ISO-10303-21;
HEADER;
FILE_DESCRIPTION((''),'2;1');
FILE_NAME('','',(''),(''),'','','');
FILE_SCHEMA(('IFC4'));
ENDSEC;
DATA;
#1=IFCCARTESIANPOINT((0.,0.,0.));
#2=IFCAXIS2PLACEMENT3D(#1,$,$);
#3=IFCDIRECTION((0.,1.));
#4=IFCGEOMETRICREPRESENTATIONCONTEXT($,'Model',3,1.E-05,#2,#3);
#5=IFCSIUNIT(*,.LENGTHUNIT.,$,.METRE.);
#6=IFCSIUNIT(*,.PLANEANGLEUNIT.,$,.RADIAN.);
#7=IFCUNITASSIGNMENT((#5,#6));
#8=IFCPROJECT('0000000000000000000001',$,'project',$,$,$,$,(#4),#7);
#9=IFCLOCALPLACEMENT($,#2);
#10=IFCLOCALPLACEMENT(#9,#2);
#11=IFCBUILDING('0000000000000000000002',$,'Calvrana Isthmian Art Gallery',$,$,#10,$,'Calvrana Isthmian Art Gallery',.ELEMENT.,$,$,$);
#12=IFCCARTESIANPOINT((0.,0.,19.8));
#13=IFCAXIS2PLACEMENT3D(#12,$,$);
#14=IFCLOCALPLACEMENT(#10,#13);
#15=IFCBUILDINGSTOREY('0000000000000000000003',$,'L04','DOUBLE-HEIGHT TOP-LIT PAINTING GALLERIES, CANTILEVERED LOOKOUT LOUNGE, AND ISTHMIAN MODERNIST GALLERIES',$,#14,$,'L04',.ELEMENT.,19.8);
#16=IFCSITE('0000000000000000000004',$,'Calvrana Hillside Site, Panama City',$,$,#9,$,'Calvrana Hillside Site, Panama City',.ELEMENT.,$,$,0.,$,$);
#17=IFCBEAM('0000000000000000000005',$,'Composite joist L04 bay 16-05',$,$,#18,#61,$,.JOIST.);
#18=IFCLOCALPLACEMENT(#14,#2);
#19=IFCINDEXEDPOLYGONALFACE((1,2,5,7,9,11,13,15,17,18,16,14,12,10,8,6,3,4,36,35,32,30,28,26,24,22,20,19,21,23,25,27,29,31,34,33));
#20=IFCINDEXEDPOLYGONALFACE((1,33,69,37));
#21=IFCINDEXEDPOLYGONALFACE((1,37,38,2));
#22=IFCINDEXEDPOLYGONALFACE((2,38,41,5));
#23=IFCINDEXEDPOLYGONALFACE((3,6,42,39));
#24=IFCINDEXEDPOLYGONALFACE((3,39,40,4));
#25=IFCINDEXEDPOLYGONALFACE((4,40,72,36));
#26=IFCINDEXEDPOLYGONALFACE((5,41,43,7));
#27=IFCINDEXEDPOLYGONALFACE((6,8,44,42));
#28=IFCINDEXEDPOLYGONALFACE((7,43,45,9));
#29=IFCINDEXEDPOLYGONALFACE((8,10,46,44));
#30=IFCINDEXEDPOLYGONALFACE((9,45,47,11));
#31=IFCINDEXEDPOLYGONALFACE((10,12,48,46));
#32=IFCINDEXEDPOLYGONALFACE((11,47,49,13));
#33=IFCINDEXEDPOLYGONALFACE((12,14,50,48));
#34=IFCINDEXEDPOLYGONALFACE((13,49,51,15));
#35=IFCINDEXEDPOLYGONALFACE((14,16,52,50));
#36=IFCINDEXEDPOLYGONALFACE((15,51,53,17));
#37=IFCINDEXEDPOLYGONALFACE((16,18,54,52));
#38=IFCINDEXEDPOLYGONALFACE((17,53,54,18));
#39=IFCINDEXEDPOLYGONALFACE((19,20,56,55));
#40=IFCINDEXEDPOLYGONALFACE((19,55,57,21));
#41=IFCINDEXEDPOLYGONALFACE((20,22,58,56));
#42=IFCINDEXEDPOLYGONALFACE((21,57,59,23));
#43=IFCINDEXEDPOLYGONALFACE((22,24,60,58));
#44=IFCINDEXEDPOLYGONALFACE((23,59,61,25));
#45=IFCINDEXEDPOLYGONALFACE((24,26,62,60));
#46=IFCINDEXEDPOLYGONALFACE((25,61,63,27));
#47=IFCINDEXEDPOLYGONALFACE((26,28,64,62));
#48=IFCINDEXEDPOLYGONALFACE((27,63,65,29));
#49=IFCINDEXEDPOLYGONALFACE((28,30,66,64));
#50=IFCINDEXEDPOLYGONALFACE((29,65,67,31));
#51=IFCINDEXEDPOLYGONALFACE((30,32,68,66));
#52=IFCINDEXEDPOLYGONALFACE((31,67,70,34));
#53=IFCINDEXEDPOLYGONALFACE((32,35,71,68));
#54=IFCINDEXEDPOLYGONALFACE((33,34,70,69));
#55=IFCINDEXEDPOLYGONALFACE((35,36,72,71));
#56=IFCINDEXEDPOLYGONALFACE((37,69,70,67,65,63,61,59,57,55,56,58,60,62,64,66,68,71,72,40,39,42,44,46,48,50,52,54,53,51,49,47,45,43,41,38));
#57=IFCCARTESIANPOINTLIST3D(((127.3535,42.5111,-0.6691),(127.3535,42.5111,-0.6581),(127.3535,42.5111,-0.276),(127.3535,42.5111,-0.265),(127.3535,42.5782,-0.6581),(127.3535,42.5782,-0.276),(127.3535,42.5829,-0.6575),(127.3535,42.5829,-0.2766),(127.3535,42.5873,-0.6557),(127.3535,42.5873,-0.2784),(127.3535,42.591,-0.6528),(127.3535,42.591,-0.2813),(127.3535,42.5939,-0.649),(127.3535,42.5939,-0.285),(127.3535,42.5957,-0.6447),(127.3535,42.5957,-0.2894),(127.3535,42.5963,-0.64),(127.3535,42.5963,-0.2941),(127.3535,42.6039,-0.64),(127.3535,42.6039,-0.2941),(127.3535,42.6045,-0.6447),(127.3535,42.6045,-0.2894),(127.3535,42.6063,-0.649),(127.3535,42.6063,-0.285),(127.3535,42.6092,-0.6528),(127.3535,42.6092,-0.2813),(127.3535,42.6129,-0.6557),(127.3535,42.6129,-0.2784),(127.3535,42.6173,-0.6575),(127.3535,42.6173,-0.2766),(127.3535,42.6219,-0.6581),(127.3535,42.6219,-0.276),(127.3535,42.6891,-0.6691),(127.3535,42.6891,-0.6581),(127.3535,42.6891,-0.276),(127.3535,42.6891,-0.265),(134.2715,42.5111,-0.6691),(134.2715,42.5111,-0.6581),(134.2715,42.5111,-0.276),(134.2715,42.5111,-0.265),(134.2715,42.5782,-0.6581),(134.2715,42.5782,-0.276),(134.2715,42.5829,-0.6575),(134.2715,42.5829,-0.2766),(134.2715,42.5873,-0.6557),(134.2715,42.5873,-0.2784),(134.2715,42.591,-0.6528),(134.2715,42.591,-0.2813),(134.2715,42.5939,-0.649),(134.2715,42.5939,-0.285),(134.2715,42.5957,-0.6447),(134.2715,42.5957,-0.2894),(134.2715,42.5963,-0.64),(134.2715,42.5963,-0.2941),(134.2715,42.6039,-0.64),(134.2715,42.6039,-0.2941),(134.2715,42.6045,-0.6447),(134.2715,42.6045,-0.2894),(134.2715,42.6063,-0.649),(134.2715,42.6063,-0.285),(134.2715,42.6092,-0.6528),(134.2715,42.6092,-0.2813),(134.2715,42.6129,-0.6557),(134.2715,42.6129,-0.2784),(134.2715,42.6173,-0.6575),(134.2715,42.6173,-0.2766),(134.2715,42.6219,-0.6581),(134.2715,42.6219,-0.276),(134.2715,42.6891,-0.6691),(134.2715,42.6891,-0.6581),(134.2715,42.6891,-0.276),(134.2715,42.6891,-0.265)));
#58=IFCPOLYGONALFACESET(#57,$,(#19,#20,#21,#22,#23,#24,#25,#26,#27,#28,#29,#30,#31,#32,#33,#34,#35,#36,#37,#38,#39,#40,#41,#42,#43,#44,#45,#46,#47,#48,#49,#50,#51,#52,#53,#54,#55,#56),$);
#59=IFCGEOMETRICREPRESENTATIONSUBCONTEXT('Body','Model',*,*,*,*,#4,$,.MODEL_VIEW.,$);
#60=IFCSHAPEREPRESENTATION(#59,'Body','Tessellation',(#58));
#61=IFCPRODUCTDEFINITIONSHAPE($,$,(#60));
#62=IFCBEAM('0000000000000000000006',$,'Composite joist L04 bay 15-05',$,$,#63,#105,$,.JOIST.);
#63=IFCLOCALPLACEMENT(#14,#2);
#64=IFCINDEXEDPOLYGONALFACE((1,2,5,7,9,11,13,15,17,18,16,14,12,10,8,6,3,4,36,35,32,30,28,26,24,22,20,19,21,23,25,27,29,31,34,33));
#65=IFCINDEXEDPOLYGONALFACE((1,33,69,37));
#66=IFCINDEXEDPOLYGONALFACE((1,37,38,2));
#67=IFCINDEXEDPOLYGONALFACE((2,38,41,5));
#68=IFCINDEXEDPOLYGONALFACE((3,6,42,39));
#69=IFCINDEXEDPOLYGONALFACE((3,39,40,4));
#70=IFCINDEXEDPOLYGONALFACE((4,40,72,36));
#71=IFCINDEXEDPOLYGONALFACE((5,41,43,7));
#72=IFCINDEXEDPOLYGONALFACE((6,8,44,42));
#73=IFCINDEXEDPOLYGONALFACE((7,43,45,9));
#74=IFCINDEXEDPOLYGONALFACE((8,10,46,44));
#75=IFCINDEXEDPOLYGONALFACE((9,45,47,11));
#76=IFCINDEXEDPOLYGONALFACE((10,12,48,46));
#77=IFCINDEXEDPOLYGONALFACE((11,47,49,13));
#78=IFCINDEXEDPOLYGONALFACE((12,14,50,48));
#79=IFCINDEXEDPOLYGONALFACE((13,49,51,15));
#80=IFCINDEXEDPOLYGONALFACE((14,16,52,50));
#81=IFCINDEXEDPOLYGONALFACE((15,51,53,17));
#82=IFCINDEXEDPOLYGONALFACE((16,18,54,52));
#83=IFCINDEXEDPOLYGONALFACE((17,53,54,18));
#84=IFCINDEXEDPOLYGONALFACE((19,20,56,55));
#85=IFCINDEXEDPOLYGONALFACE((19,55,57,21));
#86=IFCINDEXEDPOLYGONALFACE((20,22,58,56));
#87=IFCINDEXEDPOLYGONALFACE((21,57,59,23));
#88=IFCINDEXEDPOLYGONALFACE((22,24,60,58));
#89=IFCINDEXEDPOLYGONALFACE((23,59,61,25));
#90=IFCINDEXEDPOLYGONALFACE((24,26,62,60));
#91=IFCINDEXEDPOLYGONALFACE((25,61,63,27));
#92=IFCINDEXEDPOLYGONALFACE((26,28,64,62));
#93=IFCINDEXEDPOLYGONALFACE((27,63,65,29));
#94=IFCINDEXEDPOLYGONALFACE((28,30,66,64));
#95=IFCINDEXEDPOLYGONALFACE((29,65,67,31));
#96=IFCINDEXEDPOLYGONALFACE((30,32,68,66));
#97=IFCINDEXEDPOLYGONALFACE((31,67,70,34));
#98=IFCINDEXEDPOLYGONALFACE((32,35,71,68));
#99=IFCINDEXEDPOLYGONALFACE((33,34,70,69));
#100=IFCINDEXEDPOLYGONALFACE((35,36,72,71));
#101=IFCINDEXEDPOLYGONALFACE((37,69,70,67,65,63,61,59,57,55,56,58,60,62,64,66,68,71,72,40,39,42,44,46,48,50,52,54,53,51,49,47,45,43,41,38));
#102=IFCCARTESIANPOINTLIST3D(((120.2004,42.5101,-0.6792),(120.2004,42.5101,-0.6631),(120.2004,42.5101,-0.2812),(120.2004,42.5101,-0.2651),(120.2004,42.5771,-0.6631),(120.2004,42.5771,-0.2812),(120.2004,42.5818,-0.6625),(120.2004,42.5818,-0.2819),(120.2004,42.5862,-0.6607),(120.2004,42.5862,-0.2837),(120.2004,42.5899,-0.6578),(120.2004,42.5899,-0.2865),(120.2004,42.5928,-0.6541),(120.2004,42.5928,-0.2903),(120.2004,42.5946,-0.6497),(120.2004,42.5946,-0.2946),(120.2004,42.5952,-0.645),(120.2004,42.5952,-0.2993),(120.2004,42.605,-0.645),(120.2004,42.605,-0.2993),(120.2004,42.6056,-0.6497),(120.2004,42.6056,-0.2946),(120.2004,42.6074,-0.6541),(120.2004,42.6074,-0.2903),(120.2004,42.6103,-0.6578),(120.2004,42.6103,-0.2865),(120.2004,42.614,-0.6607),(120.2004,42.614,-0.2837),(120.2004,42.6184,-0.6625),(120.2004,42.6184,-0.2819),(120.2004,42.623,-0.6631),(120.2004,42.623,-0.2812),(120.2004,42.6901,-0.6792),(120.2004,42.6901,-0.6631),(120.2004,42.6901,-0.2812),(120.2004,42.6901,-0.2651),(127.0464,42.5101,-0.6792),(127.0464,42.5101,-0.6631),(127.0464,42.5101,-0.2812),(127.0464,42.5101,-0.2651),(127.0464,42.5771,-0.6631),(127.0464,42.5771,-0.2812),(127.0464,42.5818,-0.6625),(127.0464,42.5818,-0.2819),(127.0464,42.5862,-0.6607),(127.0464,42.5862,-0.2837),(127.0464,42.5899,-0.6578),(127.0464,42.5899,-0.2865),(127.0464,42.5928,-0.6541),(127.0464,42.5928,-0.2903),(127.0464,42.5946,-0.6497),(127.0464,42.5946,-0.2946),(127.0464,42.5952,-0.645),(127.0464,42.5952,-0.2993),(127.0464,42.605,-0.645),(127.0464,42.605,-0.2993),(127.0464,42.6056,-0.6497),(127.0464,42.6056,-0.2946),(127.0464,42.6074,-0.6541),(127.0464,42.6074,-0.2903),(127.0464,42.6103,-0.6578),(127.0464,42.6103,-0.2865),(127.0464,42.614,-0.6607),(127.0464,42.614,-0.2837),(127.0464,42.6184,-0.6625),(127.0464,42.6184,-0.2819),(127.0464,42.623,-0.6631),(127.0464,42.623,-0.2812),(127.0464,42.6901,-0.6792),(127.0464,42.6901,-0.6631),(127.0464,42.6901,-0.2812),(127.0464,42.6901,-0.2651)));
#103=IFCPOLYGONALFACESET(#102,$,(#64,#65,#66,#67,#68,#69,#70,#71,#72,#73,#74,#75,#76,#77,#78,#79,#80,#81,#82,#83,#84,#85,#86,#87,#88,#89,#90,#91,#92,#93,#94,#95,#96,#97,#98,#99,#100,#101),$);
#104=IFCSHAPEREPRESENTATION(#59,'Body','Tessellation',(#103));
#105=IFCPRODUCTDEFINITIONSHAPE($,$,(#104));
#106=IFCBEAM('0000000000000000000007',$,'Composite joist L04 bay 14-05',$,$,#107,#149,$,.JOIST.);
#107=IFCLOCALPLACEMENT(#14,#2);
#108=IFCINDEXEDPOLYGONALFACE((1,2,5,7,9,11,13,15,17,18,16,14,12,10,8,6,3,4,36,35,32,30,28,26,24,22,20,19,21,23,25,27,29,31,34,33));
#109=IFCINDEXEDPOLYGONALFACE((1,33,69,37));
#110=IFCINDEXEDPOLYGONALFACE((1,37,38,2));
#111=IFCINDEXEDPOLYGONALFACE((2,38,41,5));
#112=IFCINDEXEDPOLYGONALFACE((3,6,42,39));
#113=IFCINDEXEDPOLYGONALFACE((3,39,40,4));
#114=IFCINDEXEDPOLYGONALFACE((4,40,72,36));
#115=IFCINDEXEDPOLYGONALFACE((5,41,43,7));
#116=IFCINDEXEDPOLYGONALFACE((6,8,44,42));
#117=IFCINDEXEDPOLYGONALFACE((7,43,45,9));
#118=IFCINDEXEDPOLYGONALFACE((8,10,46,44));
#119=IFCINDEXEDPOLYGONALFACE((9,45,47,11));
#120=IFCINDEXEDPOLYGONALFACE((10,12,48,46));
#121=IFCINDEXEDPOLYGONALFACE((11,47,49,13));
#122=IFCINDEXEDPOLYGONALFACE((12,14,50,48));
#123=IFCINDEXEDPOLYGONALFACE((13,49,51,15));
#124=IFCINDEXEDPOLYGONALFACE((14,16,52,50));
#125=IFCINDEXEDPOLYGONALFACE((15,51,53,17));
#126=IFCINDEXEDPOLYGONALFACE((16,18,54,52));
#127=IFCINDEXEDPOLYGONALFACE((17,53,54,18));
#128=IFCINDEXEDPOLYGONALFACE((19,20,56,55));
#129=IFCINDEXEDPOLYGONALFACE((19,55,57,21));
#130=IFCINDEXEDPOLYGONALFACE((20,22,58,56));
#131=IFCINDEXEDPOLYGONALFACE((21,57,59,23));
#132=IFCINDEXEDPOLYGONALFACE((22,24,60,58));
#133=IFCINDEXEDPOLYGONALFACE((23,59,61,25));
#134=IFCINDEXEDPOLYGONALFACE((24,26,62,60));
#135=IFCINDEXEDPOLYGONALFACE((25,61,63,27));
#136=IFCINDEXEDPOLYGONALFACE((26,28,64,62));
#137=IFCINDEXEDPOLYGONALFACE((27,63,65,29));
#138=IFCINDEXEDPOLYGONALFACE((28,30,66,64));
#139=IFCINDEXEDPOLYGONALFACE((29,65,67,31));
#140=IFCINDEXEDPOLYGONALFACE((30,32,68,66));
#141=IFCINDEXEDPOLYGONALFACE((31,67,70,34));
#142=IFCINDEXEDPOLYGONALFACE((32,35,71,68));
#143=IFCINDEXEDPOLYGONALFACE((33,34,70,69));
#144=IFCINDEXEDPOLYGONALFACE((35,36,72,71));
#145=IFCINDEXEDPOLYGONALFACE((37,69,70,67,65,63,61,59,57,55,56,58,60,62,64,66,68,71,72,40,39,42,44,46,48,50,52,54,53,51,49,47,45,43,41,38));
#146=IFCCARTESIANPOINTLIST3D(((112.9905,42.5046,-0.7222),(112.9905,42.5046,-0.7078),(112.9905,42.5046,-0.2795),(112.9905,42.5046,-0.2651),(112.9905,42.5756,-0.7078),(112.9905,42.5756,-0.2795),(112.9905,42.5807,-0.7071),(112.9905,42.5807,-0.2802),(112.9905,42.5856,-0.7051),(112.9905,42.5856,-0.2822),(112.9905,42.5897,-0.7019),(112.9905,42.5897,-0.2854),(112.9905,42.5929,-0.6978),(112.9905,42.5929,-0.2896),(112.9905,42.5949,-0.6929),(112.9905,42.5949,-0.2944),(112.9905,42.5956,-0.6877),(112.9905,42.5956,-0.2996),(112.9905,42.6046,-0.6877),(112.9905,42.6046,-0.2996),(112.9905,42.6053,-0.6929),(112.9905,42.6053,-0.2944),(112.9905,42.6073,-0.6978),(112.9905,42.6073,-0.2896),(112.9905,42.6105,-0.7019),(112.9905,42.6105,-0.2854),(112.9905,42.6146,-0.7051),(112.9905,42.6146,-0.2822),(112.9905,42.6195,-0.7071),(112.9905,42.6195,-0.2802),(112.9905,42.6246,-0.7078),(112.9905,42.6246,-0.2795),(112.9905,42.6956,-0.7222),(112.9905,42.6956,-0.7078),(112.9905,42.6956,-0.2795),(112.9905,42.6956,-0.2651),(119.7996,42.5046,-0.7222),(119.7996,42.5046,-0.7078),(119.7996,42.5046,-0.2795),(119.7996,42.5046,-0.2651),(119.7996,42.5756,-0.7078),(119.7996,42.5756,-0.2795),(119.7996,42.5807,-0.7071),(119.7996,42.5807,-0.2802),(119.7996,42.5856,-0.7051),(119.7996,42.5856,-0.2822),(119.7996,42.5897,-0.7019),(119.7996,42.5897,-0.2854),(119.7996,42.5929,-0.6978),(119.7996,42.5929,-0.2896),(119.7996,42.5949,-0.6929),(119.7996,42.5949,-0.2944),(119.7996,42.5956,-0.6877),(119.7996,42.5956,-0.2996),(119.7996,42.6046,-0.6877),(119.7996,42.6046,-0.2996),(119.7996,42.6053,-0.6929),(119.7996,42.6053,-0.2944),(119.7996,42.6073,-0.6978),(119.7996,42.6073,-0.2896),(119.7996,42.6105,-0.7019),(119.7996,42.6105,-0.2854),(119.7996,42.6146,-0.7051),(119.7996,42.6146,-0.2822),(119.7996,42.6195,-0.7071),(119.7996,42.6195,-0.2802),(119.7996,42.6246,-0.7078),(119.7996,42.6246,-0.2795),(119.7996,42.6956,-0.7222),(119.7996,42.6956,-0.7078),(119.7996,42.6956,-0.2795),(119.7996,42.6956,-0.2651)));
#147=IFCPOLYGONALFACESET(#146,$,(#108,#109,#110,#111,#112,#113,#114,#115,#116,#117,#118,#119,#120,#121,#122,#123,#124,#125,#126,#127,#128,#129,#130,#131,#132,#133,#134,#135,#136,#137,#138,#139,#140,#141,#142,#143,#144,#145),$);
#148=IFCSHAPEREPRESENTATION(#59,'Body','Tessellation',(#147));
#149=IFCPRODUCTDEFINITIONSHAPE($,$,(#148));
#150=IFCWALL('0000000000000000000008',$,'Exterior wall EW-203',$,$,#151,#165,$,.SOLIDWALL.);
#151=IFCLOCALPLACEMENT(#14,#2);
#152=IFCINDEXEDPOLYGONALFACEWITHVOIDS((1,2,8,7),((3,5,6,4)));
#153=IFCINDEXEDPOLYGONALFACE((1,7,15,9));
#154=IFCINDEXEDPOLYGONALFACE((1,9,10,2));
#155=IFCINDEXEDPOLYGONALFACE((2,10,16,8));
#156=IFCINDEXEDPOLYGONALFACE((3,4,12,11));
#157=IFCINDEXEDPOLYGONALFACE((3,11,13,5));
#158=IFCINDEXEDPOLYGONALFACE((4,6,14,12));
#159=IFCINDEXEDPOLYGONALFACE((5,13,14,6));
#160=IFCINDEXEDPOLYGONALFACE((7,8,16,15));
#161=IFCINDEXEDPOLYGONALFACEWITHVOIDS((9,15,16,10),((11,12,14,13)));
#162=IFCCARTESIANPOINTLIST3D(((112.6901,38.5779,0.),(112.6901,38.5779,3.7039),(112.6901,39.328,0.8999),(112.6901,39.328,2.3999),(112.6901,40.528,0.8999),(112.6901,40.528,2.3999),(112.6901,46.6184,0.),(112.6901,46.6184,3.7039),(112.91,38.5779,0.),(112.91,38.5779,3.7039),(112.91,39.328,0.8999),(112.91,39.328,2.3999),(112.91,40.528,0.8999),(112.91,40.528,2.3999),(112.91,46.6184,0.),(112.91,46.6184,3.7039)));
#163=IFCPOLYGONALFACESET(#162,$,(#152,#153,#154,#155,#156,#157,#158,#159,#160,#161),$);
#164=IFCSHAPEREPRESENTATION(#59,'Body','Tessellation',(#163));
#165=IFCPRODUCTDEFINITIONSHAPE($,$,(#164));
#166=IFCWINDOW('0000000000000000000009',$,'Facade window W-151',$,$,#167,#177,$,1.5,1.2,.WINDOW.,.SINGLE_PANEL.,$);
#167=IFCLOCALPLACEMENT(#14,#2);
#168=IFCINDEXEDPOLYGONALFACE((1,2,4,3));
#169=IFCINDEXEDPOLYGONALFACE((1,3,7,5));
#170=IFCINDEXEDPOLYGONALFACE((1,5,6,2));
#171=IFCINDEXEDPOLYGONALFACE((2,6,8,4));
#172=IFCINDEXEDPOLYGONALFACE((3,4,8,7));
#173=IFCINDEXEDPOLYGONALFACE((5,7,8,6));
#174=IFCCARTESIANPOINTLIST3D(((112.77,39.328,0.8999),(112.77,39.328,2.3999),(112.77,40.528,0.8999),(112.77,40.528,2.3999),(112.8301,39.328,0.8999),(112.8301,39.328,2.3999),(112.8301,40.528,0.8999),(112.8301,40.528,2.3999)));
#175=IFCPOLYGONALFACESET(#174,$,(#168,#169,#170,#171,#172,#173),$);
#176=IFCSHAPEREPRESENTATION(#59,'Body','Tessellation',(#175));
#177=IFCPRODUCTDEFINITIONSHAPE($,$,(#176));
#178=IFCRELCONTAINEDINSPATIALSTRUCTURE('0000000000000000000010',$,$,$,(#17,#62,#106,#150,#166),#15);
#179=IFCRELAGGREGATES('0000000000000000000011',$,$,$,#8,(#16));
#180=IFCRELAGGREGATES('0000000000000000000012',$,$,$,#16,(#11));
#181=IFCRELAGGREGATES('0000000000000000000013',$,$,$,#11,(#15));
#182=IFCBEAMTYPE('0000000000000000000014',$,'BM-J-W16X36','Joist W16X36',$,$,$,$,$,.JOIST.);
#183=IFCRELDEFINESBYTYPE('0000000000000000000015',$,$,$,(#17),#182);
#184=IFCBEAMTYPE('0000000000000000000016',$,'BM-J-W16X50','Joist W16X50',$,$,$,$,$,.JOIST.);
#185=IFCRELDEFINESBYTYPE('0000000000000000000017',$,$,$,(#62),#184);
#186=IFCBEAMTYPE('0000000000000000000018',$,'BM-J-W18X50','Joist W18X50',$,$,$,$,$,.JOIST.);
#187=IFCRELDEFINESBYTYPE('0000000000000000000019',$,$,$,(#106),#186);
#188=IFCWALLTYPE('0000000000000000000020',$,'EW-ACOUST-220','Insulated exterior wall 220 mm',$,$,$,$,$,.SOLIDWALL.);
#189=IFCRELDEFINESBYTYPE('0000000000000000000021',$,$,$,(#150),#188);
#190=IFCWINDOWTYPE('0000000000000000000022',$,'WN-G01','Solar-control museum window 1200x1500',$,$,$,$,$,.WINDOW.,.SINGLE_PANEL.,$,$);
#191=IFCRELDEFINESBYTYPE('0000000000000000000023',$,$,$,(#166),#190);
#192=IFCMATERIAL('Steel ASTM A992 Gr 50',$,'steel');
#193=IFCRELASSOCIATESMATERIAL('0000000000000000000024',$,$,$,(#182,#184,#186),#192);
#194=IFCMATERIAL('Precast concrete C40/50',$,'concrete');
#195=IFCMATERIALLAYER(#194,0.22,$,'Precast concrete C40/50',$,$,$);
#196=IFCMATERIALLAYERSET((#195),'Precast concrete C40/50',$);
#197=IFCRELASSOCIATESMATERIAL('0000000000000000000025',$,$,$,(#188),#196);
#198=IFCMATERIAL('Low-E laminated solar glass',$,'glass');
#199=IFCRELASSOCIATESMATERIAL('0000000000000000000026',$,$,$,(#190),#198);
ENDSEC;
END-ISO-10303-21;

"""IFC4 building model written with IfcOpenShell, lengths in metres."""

from ifc_helpers import new_model, si_unit, direction, frame, frame_2d, origin, origin_2d, place, context, subcontext, project, spatial, rectangle, i_section, extrude, material, layer, layer_set, material_profile, profile_set, type_object, element, fill, save


model = new_model("IFC4")

# Units and contexts
model_context = context("Model", 3, precision=1e-05, world=origin(), true_north=direction((0.0, 1.0)))
body_context = subcontext(model_context, "Body", "Model", "MODEL_VIEW")
ifc_project = project(units=[si_unit("LENGTHUNIT", "METRE"), si_unit("PLANEANGLEUNIT", "RADIAN")], contexts=[model_context])

# Site, building, storey
site_placement = place(None, origin())
site = spatial("IfcSite", under=ifc_project, at=site_placement, Name="Calvrana Hillside Site, Panama City", LongName="Calvrana Hillside Site, Panama City", CompositionType="ELEMENT", RefElevation=0.0)
building_placement = place(site_placement, origin())
building = spatial("IfcBuilding", under=site, at=building_placement, Name="Calvrana Isthmian Art Gallery", LongName="Calvrana Isthmian Art Gallery", CompositionType="ELEMENT")
storey_placement = place(building_placement, frame((0.0, 0.0, 19.8)))
storey = spatial("IfcBuildingStorey", under=building, at=storey_placement, Name="L04", Description="DOUBLE-HEIGHT TOP-LIT PAINTING GALLERIES, CANTILEVERED LOOKOUT LOUNGE, AND ISTHMIAN MODERNIST GALLERIES", LongName="L04", CompositionType="ELEMENT", Elevation=19.8)

# Shared definitions
ifc_material_1 = material(Name="Steel ASTM A992 Gr 50", Category="steel")

# Beams
ifc_material_profile_1 = material_profile(ifc_material_1, i_section(OverallWidth=0.178, OverallDepth=0.4041, WebThickness=0.0076, FlangeThickness=0.011, FilletRadius=0.0181, at=origin_2d()), Name="W16X36")
ifc_profile_set_1 = profile_set([ifc_material_profile_1], Name="Steel ASTM A992 Gr 50")
beam_type_1 = type_object("IfcBeamType", Name="BM-J-W16X36", Description="Joist W16X36", PredefinedType="JOIST", material=ifc_profile_set_1)
beam_1_placement = place(storey_placement, frame((127.3535, 42.6001, -0.467), z_axis=(1.0, 0.0, 0.0), x_axis=(0.0, 1.0, 0.0)))
element("IfcBeam", 1, at=beam_1_placement, inside=storey, type_object=beam_type_1, Name="Composite joist L04 bay 16-05", PredefinedType="JOIST", context=body_context, shape_type="SweptSolid", body=[
    extrude(i_section(OverallWidth=0.178, OverallDepth=0.4041, WebThickness=0.0076, FlangeThickness=0.011, FilletRadius=0.0181, at=origin_2d()), origin(), (0.0, 0.0, 1.0), 6.918),
])
ifc_material_profile_2 = material_profile(ifc_material_1, i_section(OverallWidth=0.1799, OverallDepth=0.4141, WebThickness=0.0098, FlangeThickness=0.0161, FilletRadius=0.0181, at=origin_2d()), Name="W16X50")
ifc_profile_set_2 = profile_set([ifc_material_profile_2], Name="Steel ASTM A992 Gr 50")
beam_type_2 = type_object("IfcBeamType", Name="BM-J-W16X50", Description="Joist W16X50", PredefinedType="JOIST", material=ifc_profile_set_2)
beam_2_placement = place(storey_placement, frame((120.2004, 42.6001, -0.4722), z_axis=(1.0, 0.0, 0.0), x_axis=(0.0, 1.0, 0.0)))
element("IfcBeam", 2, at=beam_2_placement, inside=storey, type_object=beam_type_2, Name="Composite joist L04 bay 15-05", PredefinedType="JOIST", context=body_context, shape_type="SweptSolid", body=[
    extrude(i_section(OverallWidth=0.1799, OverallDepth=0.4141, WebThickness=0.0098, FlangeThickness=0.0161, FilletRadius=0.0181, at=origin_2d()), origin(), (0.0, 0.0, 1.0), 6.8459),
])
ifc_material_profile_3 = material_profile(ifc_material_1, i_section(OverallWidth=0.1909, OverallDepth=0.457, WebThickness=0.009, FlangeThickness=0.0144, FilletRadius=0.02, at=origin_2d()), Name="W18X50")
ifc_profile_set_3 = profile_set([ifc_material_profile_3], Name="Steel ASTM A992 Gr 50")
beam_type_3 = type_object("IfcBeamType", Name="BM-J-W18X50", Description="Joist W18X50", PredefinedType="JOIST", material=ifc_profile_set_3)
beam_3_placement = place(storey_placement, frame((112.9905, 42.6001, -0.4937), z_axis=(1.0, 0.0, 0.0), x_axis=(0.0, 1.0, 0.0)))
element("IfcBeam", 3, at=beam_3_placement, inside=storey, type_object=beam_type_3, Name="Composite joist L04 bay 14-05", PredefinedType="JOIST", context=body_context, shape_type="SweptSolid", body=[
    extrude(i_section(OverallWidth=0.1909, OverallDepth=0.457, WebThickness=0.009, FlangeThickness=0.0144, FilletRadius=0.02, at=origin_2d()), origin(), (0.0, 0.0, 1.0), 6.8091),
])

# Wall, opening, window
ifc_material_2 = material(Name="Precast concrete C40/50", Category="concrete")
ifc_layer_1 = layer(ifc_material_2, 0.22, Name="Precast concrete C40/50")
ifc_layer_set_1 = layer_set([ifc_layer_1], Name="Precast concrete C40/50")
wall_type_1 = type_object("IfcWallType", Name="EW-ACOUST-220", Description="Insulated exterior wall 220 mm", PredefinedType="SOLIDWALL", material=ifc_layer_set_1)
wall_1_placement = place(storey_placement, frame((112.8, 38.5779, 0.0), z_axis=(0.0, 0.0, 1.0), x_axis=(0.0, 1.0, 0.0)))
wall_1 = element("IfcWall", 4, at=wall_1_placement, inside=storey, type_object=wall_type_1, Name="Exterior wall EW-203", PredefinedType="SOLIDWALL", context=body_context, shape_type="SweptSolid", body=[
    extrude(rectangle(XDim=8.0405, YDim=0.22, at=frame_2d((4.0203, 0.0))), origin(), (0.0, 0.0, 1.0), 3.7039),
])
opening_1_placement = place(wall_1_placement, frame((0.75, 0.0, 0.8999)))
opening_1 = element("IfcOpeningElement", 5, at=opening_1_placement, cuts=wall_1, PredefinedType="OPENING", context=body_context, shape_type="SweptSolid", body=[
    extrude(rectangle(XDim=1.2, YDim=1.5, at=frame_2d((0.6001, 0.75))), frame((0.0, 0.1201, 0.0), z_axis=(0.0, -1.0, 0.0), x_axis=(1.0, 0.0, 0.0)), (0.0, 0.0, 1.0), 0.2405),
])
ifc_material_3 = material(Name="Low-E laminated solar glass", Category="glass")
window_type = type_object("IfcWindowType", Name="WN-G01", Description="Solar-control museum window 1200x1500", PartitioningType="SINGLE_PANEL", PredefinedType="WINDOW", material=ifc_material_3)
window_placement = place(opening_1_placement, origin())
window = element("IfcWindow", 6, at=window_placement, inside=storey, type_object=window_type, Name="Facade window W-151", OverallHeight=1.5, OverallWidth=1.2, PartitioningType="SINGLE_PANEL", PredefinedType="WINDOW", context=body_context, shape_type="SweptSolid", body=[
    extrude(rectangle(XDim=1.2, YDim=1.5, at=frame_2d((0.6001, 0.75))), frame((0.0, 0.03, 0.0), z_axis=(0.0, -1.0, 0.0), x_axis=(1.0, 0.0, 0.0)), (0.0, 0.0, 1.0), 0.0601),
])
fill(opening_1, window)

save(model, "model.ifc")
